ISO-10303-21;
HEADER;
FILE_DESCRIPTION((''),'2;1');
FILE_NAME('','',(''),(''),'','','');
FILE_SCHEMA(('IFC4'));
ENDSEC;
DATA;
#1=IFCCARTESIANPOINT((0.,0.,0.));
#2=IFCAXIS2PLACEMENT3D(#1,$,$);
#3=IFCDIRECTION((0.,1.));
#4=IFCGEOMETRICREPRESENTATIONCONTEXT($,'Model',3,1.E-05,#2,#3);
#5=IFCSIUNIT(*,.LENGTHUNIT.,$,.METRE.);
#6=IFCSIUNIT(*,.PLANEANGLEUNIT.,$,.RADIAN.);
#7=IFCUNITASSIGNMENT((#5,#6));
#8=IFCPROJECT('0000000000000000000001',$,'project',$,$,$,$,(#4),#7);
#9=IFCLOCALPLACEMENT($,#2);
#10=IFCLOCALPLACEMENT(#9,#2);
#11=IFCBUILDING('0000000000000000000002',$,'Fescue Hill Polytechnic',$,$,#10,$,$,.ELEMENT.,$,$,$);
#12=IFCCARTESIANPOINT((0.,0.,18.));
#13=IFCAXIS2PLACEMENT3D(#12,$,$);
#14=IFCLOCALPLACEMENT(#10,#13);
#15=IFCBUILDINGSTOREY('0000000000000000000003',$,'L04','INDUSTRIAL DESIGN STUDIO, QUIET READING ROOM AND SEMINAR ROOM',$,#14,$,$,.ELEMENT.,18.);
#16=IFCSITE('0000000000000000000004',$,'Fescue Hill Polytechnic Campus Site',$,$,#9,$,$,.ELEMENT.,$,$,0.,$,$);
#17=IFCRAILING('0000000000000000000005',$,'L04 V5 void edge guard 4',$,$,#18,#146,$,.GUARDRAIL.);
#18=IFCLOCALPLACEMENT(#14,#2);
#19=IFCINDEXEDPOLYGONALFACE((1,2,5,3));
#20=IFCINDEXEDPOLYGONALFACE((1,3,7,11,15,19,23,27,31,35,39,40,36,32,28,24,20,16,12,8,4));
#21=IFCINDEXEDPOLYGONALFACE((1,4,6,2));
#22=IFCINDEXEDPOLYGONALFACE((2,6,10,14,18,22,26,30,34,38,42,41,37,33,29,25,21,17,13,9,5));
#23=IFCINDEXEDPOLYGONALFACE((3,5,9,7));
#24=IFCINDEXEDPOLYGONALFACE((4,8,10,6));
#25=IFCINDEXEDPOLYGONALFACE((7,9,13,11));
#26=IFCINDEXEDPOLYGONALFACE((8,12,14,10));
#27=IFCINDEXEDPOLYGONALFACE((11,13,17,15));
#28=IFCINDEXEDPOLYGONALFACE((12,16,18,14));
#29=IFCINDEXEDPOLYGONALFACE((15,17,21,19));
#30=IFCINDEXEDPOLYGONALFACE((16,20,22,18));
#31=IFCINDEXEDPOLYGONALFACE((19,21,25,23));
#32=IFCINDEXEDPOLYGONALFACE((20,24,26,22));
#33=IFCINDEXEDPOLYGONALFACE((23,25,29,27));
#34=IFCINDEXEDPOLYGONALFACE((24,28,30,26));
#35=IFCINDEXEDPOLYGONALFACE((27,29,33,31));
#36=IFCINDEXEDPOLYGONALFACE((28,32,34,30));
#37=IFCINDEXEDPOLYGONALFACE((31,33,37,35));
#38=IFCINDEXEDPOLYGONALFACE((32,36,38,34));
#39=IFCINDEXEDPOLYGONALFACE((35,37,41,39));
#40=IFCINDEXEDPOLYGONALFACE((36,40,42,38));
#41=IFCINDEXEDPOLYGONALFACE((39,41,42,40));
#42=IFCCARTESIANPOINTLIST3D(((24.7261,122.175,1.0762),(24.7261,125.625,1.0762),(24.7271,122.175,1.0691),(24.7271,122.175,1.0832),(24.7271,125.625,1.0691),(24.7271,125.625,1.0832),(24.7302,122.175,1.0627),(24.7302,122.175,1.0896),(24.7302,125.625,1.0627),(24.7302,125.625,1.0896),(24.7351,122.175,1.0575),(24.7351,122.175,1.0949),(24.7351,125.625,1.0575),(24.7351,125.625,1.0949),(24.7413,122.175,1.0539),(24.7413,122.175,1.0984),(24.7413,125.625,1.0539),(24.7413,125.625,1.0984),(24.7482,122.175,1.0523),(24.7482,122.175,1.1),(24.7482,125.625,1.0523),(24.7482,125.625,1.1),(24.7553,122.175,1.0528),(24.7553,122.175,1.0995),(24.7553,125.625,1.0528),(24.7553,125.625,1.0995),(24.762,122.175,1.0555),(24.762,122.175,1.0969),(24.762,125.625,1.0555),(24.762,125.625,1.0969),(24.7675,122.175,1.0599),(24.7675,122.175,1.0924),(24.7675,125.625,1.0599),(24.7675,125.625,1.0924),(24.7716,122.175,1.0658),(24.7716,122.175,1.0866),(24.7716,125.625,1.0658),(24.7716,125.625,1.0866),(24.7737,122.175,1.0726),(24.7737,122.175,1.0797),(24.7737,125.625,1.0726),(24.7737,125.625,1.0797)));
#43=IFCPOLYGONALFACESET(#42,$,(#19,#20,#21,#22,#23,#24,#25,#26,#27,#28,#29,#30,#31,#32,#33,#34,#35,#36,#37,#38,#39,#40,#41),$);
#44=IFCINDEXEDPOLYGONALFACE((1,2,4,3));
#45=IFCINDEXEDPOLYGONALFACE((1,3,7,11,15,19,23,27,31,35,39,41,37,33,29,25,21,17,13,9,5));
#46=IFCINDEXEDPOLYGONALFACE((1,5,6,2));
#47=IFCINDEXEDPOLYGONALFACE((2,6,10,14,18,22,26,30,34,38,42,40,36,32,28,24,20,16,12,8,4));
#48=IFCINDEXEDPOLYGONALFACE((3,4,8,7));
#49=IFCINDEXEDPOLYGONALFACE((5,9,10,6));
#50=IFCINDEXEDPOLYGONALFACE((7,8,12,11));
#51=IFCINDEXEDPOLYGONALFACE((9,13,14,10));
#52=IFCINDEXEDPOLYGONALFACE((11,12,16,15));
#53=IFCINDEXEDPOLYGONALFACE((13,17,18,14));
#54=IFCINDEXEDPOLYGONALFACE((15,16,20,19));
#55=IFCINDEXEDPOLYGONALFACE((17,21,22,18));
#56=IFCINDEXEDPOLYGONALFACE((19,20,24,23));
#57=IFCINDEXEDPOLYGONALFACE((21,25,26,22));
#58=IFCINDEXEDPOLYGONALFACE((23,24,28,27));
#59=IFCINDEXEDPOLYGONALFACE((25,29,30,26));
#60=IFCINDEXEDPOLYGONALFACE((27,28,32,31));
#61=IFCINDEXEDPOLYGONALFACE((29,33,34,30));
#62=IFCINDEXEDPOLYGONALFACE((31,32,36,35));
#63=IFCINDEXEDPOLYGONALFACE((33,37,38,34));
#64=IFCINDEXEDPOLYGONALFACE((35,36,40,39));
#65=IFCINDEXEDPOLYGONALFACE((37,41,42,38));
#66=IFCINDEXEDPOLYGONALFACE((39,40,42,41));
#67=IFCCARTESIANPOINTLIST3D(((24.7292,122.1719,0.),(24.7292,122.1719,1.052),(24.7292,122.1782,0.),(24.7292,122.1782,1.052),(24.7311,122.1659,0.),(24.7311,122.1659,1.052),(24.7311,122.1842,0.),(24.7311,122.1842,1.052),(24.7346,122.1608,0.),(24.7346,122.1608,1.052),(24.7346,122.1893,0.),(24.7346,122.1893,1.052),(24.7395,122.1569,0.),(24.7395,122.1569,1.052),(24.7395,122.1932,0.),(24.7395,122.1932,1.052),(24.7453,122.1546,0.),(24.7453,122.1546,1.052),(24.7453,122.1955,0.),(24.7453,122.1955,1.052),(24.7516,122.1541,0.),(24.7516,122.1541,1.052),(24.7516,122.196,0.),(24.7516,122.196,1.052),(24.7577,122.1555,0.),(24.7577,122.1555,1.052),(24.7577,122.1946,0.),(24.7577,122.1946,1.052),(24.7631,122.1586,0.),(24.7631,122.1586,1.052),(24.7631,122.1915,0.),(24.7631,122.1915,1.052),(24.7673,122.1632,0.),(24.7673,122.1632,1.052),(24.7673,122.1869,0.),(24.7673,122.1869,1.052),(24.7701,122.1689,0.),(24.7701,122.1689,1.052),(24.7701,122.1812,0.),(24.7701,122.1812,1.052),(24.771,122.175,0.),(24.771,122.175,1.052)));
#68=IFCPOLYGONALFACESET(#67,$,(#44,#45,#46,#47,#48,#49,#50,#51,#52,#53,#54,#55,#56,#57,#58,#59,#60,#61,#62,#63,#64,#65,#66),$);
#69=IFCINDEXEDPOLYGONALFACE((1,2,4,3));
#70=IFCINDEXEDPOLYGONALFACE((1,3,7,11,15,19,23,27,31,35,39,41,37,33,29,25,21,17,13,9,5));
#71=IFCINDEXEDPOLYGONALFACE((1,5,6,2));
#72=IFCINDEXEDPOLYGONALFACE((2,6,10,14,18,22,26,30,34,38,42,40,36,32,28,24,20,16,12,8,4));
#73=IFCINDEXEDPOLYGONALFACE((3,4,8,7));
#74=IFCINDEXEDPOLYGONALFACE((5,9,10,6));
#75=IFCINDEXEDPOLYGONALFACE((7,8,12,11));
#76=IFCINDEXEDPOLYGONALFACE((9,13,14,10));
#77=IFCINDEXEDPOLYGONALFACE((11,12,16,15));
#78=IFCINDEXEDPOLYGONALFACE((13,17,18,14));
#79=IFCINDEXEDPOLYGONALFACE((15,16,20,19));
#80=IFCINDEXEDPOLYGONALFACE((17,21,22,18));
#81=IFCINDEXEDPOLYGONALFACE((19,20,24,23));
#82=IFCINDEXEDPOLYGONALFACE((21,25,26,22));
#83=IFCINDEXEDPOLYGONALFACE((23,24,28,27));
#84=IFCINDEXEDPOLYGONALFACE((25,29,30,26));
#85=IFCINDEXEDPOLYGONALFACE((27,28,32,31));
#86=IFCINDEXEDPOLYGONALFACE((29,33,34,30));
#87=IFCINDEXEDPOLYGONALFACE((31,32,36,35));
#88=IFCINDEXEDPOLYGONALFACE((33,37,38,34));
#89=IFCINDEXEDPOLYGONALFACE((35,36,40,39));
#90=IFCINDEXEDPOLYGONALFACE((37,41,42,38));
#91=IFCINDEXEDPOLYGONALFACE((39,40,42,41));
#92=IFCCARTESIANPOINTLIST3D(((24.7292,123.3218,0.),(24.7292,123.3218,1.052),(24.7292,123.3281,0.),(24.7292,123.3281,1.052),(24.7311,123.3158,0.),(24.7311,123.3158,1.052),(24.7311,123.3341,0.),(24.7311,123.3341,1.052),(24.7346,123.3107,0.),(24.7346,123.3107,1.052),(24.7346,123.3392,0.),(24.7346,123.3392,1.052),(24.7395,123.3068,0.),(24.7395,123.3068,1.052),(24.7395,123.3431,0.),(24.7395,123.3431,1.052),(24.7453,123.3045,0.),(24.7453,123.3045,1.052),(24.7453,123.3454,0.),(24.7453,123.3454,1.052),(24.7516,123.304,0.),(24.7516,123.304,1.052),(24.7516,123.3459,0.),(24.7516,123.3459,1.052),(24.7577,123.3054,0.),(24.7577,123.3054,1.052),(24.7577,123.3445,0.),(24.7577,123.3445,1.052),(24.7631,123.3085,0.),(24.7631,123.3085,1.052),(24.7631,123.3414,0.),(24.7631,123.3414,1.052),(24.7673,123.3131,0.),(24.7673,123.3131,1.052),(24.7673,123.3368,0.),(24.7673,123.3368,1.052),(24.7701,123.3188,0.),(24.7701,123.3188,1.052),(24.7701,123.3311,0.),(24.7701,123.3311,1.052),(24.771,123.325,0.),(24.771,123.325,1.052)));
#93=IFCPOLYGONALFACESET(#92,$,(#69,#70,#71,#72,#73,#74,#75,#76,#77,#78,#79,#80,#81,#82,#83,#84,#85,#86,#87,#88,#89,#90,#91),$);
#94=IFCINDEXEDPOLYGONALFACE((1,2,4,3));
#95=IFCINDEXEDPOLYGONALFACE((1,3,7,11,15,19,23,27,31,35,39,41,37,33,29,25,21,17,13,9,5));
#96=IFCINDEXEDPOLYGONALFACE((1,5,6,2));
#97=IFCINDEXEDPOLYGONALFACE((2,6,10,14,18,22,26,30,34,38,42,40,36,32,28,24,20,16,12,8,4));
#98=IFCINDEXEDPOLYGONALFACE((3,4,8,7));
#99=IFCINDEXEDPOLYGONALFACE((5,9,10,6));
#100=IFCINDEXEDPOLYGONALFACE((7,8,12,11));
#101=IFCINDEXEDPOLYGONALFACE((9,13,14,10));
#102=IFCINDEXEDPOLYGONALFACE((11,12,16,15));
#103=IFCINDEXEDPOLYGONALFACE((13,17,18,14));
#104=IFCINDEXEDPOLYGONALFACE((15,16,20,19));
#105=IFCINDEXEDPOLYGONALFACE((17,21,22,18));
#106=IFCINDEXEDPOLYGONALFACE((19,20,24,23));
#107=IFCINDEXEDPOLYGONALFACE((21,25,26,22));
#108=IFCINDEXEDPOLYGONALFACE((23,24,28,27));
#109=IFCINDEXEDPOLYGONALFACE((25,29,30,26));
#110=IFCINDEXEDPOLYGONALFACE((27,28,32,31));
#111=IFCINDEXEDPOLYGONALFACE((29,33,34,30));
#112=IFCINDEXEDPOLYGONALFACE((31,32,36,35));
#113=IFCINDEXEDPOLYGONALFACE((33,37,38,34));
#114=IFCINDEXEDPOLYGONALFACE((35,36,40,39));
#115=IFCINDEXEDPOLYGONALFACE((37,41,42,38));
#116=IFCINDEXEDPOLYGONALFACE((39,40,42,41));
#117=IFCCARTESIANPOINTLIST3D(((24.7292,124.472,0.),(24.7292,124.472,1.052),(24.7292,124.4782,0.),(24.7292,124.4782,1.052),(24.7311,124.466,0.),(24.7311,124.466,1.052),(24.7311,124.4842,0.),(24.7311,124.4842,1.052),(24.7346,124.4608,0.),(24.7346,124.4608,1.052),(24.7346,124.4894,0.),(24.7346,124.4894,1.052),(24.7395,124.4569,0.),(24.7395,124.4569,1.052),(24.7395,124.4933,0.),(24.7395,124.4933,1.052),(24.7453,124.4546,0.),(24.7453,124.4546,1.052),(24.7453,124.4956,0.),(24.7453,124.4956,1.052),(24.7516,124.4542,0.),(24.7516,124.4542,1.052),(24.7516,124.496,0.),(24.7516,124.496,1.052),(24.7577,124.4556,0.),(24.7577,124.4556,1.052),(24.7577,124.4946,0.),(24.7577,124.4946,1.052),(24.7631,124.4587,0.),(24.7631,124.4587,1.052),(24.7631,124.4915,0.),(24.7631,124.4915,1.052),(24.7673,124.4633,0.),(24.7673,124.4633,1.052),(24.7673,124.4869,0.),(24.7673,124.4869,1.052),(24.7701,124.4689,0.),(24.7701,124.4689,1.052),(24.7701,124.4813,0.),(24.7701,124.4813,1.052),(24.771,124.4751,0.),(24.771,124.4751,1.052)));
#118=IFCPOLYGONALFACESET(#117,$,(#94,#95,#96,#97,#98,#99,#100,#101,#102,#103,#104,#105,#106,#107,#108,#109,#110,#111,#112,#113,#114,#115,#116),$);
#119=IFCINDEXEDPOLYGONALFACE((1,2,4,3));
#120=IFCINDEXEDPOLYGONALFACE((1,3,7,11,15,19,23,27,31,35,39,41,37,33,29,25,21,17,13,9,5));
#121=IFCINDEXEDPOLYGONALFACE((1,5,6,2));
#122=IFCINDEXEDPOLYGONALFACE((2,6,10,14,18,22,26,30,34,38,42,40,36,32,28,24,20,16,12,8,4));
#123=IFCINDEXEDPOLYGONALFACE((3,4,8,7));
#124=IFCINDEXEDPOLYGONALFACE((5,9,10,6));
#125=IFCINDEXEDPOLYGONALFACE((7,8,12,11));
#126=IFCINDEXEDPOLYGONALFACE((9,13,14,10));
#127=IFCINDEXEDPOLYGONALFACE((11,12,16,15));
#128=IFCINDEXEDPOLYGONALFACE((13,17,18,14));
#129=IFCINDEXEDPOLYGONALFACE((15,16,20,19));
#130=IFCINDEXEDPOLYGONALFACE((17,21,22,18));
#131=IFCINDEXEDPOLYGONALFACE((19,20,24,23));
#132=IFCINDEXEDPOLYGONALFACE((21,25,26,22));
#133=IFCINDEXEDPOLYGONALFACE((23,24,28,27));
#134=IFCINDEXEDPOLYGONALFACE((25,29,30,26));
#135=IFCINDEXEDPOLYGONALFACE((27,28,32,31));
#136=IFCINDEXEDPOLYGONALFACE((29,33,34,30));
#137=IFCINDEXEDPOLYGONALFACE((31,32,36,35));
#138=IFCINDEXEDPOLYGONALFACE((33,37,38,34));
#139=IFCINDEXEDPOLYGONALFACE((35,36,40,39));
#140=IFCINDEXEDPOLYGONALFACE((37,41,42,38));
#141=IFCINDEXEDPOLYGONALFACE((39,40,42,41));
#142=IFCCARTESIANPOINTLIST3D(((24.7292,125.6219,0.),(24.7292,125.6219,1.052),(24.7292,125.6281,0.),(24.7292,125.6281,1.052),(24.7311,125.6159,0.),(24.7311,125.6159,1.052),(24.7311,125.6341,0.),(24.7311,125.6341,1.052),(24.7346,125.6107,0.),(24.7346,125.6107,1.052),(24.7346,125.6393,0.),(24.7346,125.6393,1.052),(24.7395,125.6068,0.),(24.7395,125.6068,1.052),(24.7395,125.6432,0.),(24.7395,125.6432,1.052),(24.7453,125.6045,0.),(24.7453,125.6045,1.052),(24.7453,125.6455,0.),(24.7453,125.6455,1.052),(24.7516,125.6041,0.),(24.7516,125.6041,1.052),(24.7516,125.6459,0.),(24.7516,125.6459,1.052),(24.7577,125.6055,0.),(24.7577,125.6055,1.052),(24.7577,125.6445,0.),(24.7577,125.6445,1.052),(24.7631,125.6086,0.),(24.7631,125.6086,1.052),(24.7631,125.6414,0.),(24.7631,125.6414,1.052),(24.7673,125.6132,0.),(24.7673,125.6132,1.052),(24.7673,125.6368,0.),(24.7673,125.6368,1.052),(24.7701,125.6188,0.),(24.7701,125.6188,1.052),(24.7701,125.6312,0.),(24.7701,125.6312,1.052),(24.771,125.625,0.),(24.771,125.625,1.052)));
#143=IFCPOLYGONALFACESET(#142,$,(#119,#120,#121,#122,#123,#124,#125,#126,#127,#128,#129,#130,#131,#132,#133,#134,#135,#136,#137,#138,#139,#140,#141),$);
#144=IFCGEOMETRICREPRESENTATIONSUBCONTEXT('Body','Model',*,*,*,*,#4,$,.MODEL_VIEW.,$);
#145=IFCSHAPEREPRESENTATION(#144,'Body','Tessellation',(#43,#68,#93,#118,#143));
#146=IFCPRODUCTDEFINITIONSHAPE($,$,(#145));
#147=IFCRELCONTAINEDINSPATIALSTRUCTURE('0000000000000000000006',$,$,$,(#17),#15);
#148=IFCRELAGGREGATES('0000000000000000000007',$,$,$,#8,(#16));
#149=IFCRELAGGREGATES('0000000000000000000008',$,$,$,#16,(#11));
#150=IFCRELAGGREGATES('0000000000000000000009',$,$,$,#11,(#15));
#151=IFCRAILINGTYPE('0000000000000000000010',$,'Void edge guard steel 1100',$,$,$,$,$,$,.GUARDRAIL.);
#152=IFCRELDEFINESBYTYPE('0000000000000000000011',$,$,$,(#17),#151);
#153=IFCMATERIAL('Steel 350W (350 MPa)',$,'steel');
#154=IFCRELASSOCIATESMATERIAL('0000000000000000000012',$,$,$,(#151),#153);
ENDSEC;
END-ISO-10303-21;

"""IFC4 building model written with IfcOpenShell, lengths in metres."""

from ifc_helpers import new_model, si_unit, direction, frame, origin, origin_2d, place, context, subcontext, project, spatial, circle, extrude, material, type_object, element, save


model = new_model("IFC4")

# Units and contexts
model_context = context("Model", 3, precision=1e-05, world=origin(), true_north=direction((0.0, 1.0)))
body_context = subcontext(model_context, "Body", "Model", "MODEL_VIEW")
ifc_project = project(units=[si_unit("LENGTHUNIT", "METRE"), si_unit("PLANEANGLEUNIT", "RADIAN")], contexts=[model_context])

# Site, building, storey
site_placement = place(None, origin())
site = spatial("IfcSite", under=ifc_project, at=site_placement, Name="Fescue Hill Polytechnic Campus Site", CompositionType="ELEMENT", RefElevation=0.0)
building_placement = place(site_placement, origin())
building = spatial("IfcBuilding", under=site, at=building_placement, Name="Fescue Hill Polytechnic", CompositionType="ELEMENT")
storey_placement = place(building_placement, frame((0.0, 0.0, 18.0)))
storey = spatial("IfcBuildingStorey", under=building, at=storey_placement, Name="L04", Description="INDUSTRIAL DESIGN STUDIO, QUIET READING ROOM AND SEMINAR ROOM", CompositionType="ELEMENT", Elevation=18.0)

# Railing
ifc_material_1 = material(Name="Steel 350W (350 MPa)", Category="steel")
railing_type = type_object("IfcRailingType", Name="Void edge guard steel 1100", PredefinedType="GUARDRAIL", material=ifc_material_1)
for number, where, name in (
    (1, (24.75, 122.175, 0.0), "L04 V5 void edge guard 4"),
):
    element("IfcRailing", number, at=place(storey_placement, frame(where)), inside=storey, type_object=railing_type, Name=name, PredefinedType="GUARDRAIL", context=body_context, shape_type="SweptSolid", body=[
        extrude(circle(Radius=0.0239, at=origin_2d()), frame((0.0, 0.0, 1.0762), z_axis=(0.0, 1.0, 0.0), x_axis=(-1.0, 0.0, 0.0)), (0.0, 0.0, 1.0), 3.45),
        extrude(circle(Radius=0.021, at=origin_2d()), origin(), (0.0, 0.0, 1.0), 1.052),
        extrude(circle(Radius=0.021, at=origin_2d()), frame((0.0, 1.1499, 0.0)), (0.0, 0.0, 1.0), 1.052),
        extrude(circle(Radius=0.021, at=origin_2d()), frame((0.0, 2.3, 0.0)), (0.0, 0.0, 1.0), 1.052),
        extrude(circle(Radius=0.021, at=origin_2d()), frame((0.0, 3.45, 0.0)), (0.0, 0.0, 1.0), 1.052),
    ])

save(model, "model.ifc")
